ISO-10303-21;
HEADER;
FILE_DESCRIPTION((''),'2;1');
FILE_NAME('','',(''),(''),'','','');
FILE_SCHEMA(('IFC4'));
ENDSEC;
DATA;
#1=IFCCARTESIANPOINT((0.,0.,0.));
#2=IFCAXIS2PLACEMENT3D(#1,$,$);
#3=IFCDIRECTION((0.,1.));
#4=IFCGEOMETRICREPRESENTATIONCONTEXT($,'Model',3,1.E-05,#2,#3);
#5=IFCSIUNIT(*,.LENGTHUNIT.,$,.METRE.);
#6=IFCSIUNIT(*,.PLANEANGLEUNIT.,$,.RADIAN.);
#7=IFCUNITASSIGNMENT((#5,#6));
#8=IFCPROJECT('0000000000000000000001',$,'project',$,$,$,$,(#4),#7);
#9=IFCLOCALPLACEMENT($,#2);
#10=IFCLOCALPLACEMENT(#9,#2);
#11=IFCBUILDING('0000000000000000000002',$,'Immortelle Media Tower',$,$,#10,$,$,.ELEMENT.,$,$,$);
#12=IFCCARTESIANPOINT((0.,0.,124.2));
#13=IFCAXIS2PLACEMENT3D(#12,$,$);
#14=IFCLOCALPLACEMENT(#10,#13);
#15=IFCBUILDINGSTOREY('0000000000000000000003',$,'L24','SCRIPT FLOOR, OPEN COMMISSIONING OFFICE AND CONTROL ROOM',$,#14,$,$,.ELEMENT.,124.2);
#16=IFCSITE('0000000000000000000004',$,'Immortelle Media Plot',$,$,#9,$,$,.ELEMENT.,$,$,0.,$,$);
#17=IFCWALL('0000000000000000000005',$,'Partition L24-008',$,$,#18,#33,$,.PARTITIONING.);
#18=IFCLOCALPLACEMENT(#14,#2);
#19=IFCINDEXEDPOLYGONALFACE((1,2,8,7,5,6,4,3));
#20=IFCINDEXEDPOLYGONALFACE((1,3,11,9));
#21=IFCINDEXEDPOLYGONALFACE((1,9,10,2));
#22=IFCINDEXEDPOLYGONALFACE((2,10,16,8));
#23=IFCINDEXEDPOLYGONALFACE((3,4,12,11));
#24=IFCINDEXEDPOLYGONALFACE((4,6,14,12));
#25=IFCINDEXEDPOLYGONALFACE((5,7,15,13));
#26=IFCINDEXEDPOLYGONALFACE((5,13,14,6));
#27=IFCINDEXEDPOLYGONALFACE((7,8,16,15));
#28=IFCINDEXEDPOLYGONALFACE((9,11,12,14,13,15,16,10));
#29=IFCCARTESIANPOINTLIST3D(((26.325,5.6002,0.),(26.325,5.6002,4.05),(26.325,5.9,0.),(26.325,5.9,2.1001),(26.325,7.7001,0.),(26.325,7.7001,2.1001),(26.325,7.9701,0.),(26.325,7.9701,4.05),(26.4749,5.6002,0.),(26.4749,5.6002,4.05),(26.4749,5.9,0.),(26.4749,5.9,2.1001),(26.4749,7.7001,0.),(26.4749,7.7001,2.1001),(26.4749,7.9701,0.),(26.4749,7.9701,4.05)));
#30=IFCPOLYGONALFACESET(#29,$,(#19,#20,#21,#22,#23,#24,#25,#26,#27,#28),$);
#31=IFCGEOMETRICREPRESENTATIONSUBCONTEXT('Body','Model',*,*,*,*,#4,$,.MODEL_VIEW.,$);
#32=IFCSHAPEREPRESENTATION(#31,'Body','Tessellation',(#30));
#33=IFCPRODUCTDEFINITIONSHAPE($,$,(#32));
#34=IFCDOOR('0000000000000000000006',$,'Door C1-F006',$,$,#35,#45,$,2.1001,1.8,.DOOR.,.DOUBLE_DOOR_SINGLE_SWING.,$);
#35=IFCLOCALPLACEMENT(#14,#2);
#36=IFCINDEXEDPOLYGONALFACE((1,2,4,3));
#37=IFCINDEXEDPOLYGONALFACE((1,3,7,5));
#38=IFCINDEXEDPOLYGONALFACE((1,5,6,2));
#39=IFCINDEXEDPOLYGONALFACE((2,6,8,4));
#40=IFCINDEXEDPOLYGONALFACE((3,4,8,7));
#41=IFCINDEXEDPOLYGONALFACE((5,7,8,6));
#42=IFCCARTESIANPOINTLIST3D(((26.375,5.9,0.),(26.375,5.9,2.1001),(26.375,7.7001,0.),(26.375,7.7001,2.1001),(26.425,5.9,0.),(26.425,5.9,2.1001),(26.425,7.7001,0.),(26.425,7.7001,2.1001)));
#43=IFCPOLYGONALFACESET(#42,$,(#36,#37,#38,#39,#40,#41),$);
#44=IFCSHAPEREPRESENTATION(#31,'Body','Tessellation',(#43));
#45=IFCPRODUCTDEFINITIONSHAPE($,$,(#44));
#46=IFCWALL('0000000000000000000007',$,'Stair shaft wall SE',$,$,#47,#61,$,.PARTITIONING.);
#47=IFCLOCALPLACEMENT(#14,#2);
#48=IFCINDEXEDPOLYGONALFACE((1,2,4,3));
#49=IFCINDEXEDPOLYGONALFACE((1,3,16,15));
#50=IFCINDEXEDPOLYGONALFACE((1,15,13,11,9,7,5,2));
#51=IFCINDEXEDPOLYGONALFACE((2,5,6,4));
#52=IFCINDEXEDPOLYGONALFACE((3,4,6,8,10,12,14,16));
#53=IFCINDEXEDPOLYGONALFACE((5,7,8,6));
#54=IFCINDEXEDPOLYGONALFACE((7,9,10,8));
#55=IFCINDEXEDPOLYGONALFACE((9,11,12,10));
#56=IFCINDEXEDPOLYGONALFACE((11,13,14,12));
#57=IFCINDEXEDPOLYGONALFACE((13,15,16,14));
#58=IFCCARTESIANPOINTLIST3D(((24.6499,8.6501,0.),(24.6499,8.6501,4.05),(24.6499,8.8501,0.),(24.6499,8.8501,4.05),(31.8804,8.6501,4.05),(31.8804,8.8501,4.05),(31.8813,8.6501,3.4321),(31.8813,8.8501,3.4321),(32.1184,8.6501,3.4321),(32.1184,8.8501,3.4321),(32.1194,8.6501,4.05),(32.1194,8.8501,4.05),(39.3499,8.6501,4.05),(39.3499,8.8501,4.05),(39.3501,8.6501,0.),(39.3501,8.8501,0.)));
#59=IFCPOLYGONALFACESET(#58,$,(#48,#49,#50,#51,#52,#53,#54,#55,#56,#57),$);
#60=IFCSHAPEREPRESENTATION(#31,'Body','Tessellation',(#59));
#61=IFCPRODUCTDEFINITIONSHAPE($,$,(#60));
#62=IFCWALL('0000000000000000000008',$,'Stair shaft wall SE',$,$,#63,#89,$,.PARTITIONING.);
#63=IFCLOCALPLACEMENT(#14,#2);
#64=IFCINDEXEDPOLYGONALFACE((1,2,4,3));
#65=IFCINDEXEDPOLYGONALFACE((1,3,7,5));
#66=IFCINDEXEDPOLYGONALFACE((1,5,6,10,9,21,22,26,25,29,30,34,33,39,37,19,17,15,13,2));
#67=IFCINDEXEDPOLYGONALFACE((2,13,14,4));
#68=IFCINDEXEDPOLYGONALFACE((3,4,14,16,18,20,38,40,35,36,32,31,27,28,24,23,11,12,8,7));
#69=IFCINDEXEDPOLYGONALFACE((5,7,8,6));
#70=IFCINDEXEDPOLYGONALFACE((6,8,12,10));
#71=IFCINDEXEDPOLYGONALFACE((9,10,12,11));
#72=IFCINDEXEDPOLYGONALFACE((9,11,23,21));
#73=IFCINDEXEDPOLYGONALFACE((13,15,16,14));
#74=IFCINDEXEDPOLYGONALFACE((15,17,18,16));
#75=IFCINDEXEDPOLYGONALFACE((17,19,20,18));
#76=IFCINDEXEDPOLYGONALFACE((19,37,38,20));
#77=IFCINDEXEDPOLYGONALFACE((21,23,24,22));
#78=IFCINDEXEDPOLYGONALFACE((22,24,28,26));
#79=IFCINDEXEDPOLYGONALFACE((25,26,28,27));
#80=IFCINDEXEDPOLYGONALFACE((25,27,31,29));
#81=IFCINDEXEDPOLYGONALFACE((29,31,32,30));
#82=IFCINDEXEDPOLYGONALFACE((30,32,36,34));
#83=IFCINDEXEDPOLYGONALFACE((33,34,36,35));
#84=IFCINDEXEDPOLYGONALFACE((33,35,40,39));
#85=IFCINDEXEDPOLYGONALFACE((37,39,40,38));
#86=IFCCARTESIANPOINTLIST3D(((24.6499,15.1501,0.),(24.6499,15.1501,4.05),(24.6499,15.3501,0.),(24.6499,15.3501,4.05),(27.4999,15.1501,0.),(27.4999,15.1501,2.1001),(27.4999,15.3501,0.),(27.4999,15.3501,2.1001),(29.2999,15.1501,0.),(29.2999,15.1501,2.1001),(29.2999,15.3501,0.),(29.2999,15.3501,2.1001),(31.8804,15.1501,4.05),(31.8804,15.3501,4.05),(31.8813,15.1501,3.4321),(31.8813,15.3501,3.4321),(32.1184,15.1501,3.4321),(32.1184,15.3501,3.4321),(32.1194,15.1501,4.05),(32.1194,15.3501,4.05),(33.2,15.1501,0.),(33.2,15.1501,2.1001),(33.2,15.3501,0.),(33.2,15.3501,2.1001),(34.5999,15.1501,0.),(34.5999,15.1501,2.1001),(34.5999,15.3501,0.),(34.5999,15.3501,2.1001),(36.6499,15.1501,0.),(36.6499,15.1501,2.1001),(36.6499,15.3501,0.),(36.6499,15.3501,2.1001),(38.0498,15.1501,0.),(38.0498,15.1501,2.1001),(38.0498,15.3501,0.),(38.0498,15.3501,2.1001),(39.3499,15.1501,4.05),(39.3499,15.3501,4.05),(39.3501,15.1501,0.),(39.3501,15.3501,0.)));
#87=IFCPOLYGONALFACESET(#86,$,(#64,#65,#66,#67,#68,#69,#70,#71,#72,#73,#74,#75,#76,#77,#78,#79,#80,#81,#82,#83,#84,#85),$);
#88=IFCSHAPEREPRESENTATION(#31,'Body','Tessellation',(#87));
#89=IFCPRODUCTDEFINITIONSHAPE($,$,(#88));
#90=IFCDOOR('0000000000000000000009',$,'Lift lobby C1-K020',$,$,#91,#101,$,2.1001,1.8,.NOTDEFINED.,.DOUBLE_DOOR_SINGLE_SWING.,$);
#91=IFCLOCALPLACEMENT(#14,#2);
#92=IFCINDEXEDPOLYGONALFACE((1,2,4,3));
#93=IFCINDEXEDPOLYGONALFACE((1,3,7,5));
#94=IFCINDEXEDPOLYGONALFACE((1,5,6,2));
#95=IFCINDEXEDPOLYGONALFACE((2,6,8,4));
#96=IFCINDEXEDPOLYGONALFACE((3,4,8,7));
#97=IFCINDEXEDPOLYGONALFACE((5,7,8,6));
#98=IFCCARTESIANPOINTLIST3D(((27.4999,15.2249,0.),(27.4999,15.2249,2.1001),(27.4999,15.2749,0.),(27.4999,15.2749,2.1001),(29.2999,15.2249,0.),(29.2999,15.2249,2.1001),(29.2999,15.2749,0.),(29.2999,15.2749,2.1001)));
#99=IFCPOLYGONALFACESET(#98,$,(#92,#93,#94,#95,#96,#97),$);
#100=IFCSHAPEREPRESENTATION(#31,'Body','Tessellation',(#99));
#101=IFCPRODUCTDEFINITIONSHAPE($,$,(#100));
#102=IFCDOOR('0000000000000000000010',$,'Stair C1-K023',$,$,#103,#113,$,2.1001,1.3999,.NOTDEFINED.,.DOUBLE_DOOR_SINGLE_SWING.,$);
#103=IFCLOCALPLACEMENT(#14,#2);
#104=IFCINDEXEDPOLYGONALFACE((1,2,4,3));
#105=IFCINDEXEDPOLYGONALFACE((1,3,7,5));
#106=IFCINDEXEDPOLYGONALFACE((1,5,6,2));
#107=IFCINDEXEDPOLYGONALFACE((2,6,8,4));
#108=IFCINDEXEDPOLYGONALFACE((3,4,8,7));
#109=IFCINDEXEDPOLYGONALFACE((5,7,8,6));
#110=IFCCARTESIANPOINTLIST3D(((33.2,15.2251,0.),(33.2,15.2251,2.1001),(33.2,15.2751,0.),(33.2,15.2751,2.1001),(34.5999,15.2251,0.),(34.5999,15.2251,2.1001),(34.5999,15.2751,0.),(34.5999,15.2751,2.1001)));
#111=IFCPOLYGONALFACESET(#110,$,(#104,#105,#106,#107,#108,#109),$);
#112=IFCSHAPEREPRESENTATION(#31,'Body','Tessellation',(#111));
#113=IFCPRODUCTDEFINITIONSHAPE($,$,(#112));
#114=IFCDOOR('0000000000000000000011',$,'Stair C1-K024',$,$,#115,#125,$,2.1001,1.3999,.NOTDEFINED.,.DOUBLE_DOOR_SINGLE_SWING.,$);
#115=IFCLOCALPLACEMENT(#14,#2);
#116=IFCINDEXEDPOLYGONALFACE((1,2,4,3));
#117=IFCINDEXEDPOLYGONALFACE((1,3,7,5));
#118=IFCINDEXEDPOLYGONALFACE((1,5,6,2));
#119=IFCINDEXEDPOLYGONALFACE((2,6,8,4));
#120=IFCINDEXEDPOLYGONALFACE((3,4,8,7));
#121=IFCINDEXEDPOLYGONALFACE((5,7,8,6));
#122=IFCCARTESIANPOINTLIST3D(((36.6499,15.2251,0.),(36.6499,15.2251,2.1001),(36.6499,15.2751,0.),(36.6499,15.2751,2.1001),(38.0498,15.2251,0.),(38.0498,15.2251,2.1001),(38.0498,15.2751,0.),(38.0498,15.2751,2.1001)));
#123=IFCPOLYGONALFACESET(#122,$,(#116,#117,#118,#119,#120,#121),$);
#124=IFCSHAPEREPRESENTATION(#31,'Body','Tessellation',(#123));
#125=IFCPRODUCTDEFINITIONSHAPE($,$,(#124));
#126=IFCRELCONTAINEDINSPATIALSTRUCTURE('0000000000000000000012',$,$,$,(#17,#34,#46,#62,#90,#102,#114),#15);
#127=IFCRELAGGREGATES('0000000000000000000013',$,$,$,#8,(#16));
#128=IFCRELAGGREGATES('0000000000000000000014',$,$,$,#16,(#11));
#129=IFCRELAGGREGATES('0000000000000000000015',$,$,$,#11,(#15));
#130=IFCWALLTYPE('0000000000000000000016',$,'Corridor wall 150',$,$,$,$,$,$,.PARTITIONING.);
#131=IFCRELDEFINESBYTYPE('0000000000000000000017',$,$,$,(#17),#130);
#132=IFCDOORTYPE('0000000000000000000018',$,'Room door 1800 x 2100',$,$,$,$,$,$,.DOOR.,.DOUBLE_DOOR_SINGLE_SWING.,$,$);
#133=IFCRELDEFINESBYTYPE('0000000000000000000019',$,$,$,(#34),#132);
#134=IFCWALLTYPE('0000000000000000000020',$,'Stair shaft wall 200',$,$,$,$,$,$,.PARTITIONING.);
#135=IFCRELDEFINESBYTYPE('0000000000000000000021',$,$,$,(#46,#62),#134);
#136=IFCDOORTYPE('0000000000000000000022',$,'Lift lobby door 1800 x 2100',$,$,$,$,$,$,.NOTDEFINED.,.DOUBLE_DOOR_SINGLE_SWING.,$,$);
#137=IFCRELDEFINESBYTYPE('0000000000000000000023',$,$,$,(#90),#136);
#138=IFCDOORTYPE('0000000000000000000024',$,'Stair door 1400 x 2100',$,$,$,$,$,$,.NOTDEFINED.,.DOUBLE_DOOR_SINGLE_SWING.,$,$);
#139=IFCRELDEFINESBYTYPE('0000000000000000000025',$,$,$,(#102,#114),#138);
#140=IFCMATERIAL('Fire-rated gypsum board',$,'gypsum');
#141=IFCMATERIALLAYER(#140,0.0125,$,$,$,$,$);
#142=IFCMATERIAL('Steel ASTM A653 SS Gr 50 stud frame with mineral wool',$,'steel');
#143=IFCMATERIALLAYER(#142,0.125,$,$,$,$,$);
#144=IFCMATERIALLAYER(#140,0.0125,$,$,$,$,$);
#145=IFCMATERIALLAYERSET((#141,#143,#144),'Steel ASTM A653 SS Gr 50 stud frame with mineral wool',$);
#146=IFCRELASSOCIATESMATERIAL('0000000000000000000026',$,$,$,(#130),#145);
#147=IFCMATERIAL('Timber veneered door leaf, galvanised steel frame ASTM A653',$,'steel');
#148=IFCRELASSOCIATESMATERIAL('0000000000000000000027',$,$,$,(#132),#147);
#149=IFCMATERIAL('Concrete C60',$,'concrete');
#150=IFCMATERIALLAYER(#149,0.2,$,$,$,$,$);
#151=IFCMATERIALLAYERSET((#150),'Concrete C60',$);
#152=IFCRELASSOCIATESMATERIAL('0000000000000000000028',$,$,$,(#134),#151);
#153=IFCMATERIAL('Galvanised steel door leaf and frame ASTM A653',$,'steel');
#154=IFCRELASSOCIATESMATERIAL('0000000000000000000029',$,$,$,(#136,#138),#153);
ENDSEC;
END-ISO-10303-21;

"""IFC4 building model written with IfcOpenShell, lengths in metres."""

from ifc_helpers import new_model, si_unit, direction, frame, frame_2d, origin, place, context, subcontext, project, spatial, polyline, rectangle, outline, extrude, material, layer, layer_set, type_object, element, fill, save


model = new_model("IFC4")

# Units and contexts
model_context = context("Model", 3, precision=1e-05, world=origin(), true_north=direction((0.0, 1.0)))
body_context = subcontext(model_context, "Body", "Model", "MODEL_VIEW")
ifc_project = project(units=[si_unit("LENGTHUNIT", "METRE"), si_unit("PLANEANGLEUNIT", "RADIAN")], contexts=[model_context])

# Site, building, storey
site_placement = place(None, origin())
site = spatial("IfcSite", under=ifc_project, at=site_placement, Name="Immortelle Media Plot", CompositionType="ELEMENT", RefElevation=0.0)
building_placement = place(site_placement, origin())
building = spatial("IfcBuilding", under=site, at=building_placement, Name="Immortelle Media Tower", CompositionType="ELEMENT")
storey_placement = place(building_placement, frame((0.0, 0.0, 124.2)))
storey = spatial("IfcBuildingStorey", under=building, at=storey_placement, Name="L24", Description="SCRIPT FLOOR, OPEN COMMISSIONING OFFICE AND CONTROL ROOM", CompositionType="ELEMENT", Elevation=124.2)

# Shared definitions
ifc_material_1 = material(Name="Fire-rated gypsum board", Category="gypsum")
ifc_material_2 = material(Name="Steel ASTM A653 SS Gr 50 stud frame with mineral wool", Category="steel")
ifc_material_3 = material(Name="Galvanised steel door leaf and frame ASTM A653", Category="steel")

# Wall, opening, door
ifc_layer_1 = layer(ifc_material_1, 0.0125)
ifc_layer_2 = layer(ifc_material_2, 0.125)
ifc_layer_3 = layer(ifc_material_1, 0.0125)
ifc_layer_set_1 = layer_set([ifc_layer_1, ifc_layer_2, ifc_layer_3], Name="Steel ASTM A653 SS Gr 50 stud frame with mineral wool")
wall_type_1 = type_object("IfcWallType", Name="Corridor wall 150", PredefinedType="PARTITIONING", material=ifc_layer_set_1)
wall_1_placement = place(storey_placement, frame((26.3999, 5.6001, 0.0), z_axis=(0.0, 0.0, 1.0), x_axis=(0.0, 1.0, 0.0)))
wall_1 = element("IfcWall", 1, at=wall_1_placement, inside=storey, type_object=wall_type_1, Name="Partition L24-008", PredefinedType="PARTITIONING", context=body_context, shape_type="SweptSolid", body=[
    extrude(rectangle(XDim=2.3699, YDim=0.1499, at=frame_2d((1.1851, 0.0))), origin(), (0.0, 0.0, 1.0), 4.05),
])
opening_1_placement = place(wall_1_placement, frame((0.3, 0.0, 0.0)))
opening_1 = element("IfcOpeningElement", 2, at=opening_1_placement, cuts=wall_1, PredefinedType="OPENING", context=body_context, shape_type="SweptSolid", body=[
    extrude(rectangle(XDim=1.8, YDim=2.1001, at=frame_2d((0.8999, 1.05))), frame((0.0, 0.085, 0.0), z_axis=(0.0, -1.0, 0.0), x_axis=(1.0, 0.0, 0.0)), (0.0, 0.0, 1.0), 0.1699),
])
ifc_material_4 = material(Name="Timber veneered door leaf, galvanised steel frame ASTM A653", Category="steel")
door_type_1 = type_object("IfcDoorType", Name="Room door 1800 x 2100", OperationType="DOUBLE_DOOR_SINGLE_SWING", PredefinedType="DOOR", material=ifc_material_4)
door_1_placement = place(opening_1_placement, origin())
door_1 = element("IfcDoor", 3, at=door_1_placement, inside=storey, type_object=door_type_1, Name="Door C1-F006", OperationType="DOUBLE_DOOR_SINGLE_SWING", OverallHeight=2.1001, OverallWidth=1.8, PredefinedType="DOOR", context=body_context, shape_type="SweptSolid", body=[
    extrude(rectangle(XDim=1.8, YDim=2.1001, at=frame_2d((0.8999, 1.05))), frame((0.0, 0.0249, 0.0), z_axis=(0.0, -1.0, 0.0), x_axis=(1.0, 0.0, 0.0)), (0.0, 0.0, 1.0), 0.05),
])
fill(opening_1, door_1)

# Wall
ifc_material_5 = material(Name="Concrete C60", Category="concrete")
ifc_layer_4 = layer(ifc_material_5, 0.2)
ifc_layer_set_2 = layer_set([ifc_layer_4], Name="Concrete C60")
wall_type_2 = type_object("IfcWallType", Name="Stair shaft wall 200", PredefinedType="PARTITIONING", material=ifc_layer_set_2)
wall_2_placement = place(storey_placement, frame((24.6499, 8.75, 0.0), z_axis=(0.0, 0.0, 1.0), x_axis=(1.0, 0.0, 0.0)))
element("IfcWall", 4, at=wall_2_placement, inside=storey, type_object=wall_type_2, Name="Stair shaft wall SE", PredefinedType="PARTITIONING", context=body_context, shape_type="SweptSolid", body=[
    extrude(outline(polyline([(0.0, 0.0), (14.7002, 0.0), (14.7, 4.05), (7.4695, 4.05), (7.4685, 3.4321), (7.2314, 3.4321), (7.2305, 4.05), (0.0, 4.05), (0.0, 0.0)])), frame((0.0, 0.1001, 0.0), z_axis=(0.0, -1.0, 0.0), x_axis=(1.0, 0.0, 0.0)), (0.0, 0.0, 1.0), 0.2),
])

# Wall, openings, doors
wall_3_placement = place(storey_placement, frame((24.6499, 15.25, 0.0), z_axis=(0.0, 0.0, 1.0), x_axis=(1.0, 0.0, 0.0)))
wall_3 = element("IfcWall", 5, at=wall_3_placement, inside=storey, type_object=wall_type_2, Name="Stair shaft wall SE", PredefinedType="PARTITIONING", context=body_context, shape_type="SweptSolid", body=[
    extrude(outline(polyline([(0.0, 0.0), (14.7002, 0.0), (14.7, 4.05), (7.4695, 4.05), (7.4685, 3.4321), (7.2314, 3.4321), (7.2305, 4.05), (0.0, 4.05), (0.0, 0.0)])), frame((0.0, 0.1001, 0.0), z_axis=(0.0, -1.0, 0.0), x_axis=(1.0, 0.0, 0.0)), (0.0, 0.0, 1.0), 0.2),
])
opening_2_placement = place(wall_3_placement, frame((2.8501, 0.0, 0.0)))
opening_2 = element("IfcOpeningElement", 6, at=opening_2_placement, cuts=wall_3, PredefinedType="OPENING", context=body_context, shape_type="SweptSolid", body=[
    extrude(rectangle(XDim=1.8, YDim=2.1001, at=frame_2d((0.8999, 1.05))), frame((0.0, 0.1099, 0.0), z_axis=(0.0, -1.0, 0.0), x_axis=(1.0, 0.0, 0.0)), (0.0, 0.0, 1.0), 0.22),
])
opening_3_placement = place(wall_3_placement, frame((9.95, 0.0, 0.0), z_axis=(0.0, 0.0, 1.0), x_axis=(-1.0, 0.0, 0.0)))
opening_3 = element("IfcOpeningElement", 7, at=opening_3_placement, cuts=wall_3, PredefinedType="OPENING", context=body_context, shape_type="SweptSolid", body=[
    extrude(rectangle(XDim=1.3999, YDim=2.1001, at=frame_2d((0.7, 1.05))), frame((0.0, 0.1099, 0.0), z_axis=(0.0, -1.0, 0.0), x_axis=(1.0, 0.0, 0.0)), (0.0, 0.0, 1.0), 0.22),
])
opening_4_placement = place(wall_3_placement, frame((13.3999, 0.0, 0.0), z_axis=(0.0, 0.0, 1.0), x_axis=(-1.0, 0.0, 0.0)))
opening_4 = element("IfcOpeningElement", 8, at=opening_4_placement, cuts=wall_3, PredefinedType="OPENING", context=body_context, shape_type="SweptSolid", body=[
    extrude(rectangle(XDim=1.3999, YDim=2.1001, at=frame_2d((0.7, 1.05))), frame((0.0, 0.1099, 0.0), z_axis=(0.0, -1.0, 0.0), x_axis=(1.0, 0.0, 0.0)), (0.0, 0.0, 1.0), 0.22),
])
door_type_2 = type_object("IfcDoorType", Name="Lift lobby door 1800 x 2100", OperationType="DOUBLE_DOOR_SINGLE_SWING", PredefinedType="NOTDEFINED", material=ifc_material_3)
door_2_placement = place(opening_2_placement, origin())
door_2 = element("IfcDoor", 9, at=door_2_placement, inside=storey, type_object=door_type_2, Name="Lift lobby C1-K020", OperationType="DOUBLE_DOOR_SINGLE_SWING", OverallHeight=2.1001, OverallWidth=1.8, PredefinedType="NOTDEFINED", context=body_context, shape_type="SweptSolid", body=[
    extrude(rectangle(XDim=1.8, YDim=2.1001, at=frame_2d((0.8999, 1.05))), frame((0.0, 0.0249, 0.0), z_axis=(0.0, -1.0, 0.0), x_axis=(1.0, 0.0, 0.0)), (0.0, 0.0, 1.0), 0.05),
])
fill(opening_2, door_2)
door_type_3 = type_object("IfcDoorType", Name="Stair door 1400 x 2100", OperationType="DOUBLE_DOOR_SINGLE_SWING", PredefinedType="NOTDEFINED", material=ifc_material_3)
door_3_placement = place(opening_3_placement, origin())
door_3 = element("IfcDoor", 10, at=door_3_placement, inside=storey, type_object=door_type_3, Name="Stair C1-K023", OperationType="DOUBLE_DOOR_SINGLE_SWING", OverallHeight=2.1001, OverallWidth=1.3999, PredefinedType="NOTDEFINED", context=body_context, shape_type="SweptSolid", body=[
    extrude(rectangle(XDim=1.3999, YDim=2.1001, at=frame_2d((0.7, 1.05))), frame((0.0, 0.0249, 0.0), z_axis=(0.0, -1.0, 0.0), x_axis=(1.0, 0.0, 0.0)), (0.0, 0.0, 1.0), 0.05),
])
fill(opening_3, door_3)
door_4_placement = place(opening_4_placement, origin())
door_4 = element("IfcDoor", 11, at=door_4_placement, inside=storey, type_object=door_type_3, Name="Stair C1-K024", OperationType="DOUBLE_DOOR_SINGLE_SWING", OverallHeight=2.1001, OverallWidth=1.3999, PredefinedType="NOTDEFINED", context=body_context, shape_type="SweptSolid", body=[
    extrude(rectangle(XDim=1.3999, YDim=2.1001, at=frame_2d((0.7, 1.05))), frame((0.0, 0.0249, 0.0), z_axis=(0.0, -1.0, 0.0), x_axis=(1.0, 0.0, 0.0)), (0.0, 0.0, 1.0), 0.05),
])
fill(opening_4, door_4)

save(model, "model.ifc")
